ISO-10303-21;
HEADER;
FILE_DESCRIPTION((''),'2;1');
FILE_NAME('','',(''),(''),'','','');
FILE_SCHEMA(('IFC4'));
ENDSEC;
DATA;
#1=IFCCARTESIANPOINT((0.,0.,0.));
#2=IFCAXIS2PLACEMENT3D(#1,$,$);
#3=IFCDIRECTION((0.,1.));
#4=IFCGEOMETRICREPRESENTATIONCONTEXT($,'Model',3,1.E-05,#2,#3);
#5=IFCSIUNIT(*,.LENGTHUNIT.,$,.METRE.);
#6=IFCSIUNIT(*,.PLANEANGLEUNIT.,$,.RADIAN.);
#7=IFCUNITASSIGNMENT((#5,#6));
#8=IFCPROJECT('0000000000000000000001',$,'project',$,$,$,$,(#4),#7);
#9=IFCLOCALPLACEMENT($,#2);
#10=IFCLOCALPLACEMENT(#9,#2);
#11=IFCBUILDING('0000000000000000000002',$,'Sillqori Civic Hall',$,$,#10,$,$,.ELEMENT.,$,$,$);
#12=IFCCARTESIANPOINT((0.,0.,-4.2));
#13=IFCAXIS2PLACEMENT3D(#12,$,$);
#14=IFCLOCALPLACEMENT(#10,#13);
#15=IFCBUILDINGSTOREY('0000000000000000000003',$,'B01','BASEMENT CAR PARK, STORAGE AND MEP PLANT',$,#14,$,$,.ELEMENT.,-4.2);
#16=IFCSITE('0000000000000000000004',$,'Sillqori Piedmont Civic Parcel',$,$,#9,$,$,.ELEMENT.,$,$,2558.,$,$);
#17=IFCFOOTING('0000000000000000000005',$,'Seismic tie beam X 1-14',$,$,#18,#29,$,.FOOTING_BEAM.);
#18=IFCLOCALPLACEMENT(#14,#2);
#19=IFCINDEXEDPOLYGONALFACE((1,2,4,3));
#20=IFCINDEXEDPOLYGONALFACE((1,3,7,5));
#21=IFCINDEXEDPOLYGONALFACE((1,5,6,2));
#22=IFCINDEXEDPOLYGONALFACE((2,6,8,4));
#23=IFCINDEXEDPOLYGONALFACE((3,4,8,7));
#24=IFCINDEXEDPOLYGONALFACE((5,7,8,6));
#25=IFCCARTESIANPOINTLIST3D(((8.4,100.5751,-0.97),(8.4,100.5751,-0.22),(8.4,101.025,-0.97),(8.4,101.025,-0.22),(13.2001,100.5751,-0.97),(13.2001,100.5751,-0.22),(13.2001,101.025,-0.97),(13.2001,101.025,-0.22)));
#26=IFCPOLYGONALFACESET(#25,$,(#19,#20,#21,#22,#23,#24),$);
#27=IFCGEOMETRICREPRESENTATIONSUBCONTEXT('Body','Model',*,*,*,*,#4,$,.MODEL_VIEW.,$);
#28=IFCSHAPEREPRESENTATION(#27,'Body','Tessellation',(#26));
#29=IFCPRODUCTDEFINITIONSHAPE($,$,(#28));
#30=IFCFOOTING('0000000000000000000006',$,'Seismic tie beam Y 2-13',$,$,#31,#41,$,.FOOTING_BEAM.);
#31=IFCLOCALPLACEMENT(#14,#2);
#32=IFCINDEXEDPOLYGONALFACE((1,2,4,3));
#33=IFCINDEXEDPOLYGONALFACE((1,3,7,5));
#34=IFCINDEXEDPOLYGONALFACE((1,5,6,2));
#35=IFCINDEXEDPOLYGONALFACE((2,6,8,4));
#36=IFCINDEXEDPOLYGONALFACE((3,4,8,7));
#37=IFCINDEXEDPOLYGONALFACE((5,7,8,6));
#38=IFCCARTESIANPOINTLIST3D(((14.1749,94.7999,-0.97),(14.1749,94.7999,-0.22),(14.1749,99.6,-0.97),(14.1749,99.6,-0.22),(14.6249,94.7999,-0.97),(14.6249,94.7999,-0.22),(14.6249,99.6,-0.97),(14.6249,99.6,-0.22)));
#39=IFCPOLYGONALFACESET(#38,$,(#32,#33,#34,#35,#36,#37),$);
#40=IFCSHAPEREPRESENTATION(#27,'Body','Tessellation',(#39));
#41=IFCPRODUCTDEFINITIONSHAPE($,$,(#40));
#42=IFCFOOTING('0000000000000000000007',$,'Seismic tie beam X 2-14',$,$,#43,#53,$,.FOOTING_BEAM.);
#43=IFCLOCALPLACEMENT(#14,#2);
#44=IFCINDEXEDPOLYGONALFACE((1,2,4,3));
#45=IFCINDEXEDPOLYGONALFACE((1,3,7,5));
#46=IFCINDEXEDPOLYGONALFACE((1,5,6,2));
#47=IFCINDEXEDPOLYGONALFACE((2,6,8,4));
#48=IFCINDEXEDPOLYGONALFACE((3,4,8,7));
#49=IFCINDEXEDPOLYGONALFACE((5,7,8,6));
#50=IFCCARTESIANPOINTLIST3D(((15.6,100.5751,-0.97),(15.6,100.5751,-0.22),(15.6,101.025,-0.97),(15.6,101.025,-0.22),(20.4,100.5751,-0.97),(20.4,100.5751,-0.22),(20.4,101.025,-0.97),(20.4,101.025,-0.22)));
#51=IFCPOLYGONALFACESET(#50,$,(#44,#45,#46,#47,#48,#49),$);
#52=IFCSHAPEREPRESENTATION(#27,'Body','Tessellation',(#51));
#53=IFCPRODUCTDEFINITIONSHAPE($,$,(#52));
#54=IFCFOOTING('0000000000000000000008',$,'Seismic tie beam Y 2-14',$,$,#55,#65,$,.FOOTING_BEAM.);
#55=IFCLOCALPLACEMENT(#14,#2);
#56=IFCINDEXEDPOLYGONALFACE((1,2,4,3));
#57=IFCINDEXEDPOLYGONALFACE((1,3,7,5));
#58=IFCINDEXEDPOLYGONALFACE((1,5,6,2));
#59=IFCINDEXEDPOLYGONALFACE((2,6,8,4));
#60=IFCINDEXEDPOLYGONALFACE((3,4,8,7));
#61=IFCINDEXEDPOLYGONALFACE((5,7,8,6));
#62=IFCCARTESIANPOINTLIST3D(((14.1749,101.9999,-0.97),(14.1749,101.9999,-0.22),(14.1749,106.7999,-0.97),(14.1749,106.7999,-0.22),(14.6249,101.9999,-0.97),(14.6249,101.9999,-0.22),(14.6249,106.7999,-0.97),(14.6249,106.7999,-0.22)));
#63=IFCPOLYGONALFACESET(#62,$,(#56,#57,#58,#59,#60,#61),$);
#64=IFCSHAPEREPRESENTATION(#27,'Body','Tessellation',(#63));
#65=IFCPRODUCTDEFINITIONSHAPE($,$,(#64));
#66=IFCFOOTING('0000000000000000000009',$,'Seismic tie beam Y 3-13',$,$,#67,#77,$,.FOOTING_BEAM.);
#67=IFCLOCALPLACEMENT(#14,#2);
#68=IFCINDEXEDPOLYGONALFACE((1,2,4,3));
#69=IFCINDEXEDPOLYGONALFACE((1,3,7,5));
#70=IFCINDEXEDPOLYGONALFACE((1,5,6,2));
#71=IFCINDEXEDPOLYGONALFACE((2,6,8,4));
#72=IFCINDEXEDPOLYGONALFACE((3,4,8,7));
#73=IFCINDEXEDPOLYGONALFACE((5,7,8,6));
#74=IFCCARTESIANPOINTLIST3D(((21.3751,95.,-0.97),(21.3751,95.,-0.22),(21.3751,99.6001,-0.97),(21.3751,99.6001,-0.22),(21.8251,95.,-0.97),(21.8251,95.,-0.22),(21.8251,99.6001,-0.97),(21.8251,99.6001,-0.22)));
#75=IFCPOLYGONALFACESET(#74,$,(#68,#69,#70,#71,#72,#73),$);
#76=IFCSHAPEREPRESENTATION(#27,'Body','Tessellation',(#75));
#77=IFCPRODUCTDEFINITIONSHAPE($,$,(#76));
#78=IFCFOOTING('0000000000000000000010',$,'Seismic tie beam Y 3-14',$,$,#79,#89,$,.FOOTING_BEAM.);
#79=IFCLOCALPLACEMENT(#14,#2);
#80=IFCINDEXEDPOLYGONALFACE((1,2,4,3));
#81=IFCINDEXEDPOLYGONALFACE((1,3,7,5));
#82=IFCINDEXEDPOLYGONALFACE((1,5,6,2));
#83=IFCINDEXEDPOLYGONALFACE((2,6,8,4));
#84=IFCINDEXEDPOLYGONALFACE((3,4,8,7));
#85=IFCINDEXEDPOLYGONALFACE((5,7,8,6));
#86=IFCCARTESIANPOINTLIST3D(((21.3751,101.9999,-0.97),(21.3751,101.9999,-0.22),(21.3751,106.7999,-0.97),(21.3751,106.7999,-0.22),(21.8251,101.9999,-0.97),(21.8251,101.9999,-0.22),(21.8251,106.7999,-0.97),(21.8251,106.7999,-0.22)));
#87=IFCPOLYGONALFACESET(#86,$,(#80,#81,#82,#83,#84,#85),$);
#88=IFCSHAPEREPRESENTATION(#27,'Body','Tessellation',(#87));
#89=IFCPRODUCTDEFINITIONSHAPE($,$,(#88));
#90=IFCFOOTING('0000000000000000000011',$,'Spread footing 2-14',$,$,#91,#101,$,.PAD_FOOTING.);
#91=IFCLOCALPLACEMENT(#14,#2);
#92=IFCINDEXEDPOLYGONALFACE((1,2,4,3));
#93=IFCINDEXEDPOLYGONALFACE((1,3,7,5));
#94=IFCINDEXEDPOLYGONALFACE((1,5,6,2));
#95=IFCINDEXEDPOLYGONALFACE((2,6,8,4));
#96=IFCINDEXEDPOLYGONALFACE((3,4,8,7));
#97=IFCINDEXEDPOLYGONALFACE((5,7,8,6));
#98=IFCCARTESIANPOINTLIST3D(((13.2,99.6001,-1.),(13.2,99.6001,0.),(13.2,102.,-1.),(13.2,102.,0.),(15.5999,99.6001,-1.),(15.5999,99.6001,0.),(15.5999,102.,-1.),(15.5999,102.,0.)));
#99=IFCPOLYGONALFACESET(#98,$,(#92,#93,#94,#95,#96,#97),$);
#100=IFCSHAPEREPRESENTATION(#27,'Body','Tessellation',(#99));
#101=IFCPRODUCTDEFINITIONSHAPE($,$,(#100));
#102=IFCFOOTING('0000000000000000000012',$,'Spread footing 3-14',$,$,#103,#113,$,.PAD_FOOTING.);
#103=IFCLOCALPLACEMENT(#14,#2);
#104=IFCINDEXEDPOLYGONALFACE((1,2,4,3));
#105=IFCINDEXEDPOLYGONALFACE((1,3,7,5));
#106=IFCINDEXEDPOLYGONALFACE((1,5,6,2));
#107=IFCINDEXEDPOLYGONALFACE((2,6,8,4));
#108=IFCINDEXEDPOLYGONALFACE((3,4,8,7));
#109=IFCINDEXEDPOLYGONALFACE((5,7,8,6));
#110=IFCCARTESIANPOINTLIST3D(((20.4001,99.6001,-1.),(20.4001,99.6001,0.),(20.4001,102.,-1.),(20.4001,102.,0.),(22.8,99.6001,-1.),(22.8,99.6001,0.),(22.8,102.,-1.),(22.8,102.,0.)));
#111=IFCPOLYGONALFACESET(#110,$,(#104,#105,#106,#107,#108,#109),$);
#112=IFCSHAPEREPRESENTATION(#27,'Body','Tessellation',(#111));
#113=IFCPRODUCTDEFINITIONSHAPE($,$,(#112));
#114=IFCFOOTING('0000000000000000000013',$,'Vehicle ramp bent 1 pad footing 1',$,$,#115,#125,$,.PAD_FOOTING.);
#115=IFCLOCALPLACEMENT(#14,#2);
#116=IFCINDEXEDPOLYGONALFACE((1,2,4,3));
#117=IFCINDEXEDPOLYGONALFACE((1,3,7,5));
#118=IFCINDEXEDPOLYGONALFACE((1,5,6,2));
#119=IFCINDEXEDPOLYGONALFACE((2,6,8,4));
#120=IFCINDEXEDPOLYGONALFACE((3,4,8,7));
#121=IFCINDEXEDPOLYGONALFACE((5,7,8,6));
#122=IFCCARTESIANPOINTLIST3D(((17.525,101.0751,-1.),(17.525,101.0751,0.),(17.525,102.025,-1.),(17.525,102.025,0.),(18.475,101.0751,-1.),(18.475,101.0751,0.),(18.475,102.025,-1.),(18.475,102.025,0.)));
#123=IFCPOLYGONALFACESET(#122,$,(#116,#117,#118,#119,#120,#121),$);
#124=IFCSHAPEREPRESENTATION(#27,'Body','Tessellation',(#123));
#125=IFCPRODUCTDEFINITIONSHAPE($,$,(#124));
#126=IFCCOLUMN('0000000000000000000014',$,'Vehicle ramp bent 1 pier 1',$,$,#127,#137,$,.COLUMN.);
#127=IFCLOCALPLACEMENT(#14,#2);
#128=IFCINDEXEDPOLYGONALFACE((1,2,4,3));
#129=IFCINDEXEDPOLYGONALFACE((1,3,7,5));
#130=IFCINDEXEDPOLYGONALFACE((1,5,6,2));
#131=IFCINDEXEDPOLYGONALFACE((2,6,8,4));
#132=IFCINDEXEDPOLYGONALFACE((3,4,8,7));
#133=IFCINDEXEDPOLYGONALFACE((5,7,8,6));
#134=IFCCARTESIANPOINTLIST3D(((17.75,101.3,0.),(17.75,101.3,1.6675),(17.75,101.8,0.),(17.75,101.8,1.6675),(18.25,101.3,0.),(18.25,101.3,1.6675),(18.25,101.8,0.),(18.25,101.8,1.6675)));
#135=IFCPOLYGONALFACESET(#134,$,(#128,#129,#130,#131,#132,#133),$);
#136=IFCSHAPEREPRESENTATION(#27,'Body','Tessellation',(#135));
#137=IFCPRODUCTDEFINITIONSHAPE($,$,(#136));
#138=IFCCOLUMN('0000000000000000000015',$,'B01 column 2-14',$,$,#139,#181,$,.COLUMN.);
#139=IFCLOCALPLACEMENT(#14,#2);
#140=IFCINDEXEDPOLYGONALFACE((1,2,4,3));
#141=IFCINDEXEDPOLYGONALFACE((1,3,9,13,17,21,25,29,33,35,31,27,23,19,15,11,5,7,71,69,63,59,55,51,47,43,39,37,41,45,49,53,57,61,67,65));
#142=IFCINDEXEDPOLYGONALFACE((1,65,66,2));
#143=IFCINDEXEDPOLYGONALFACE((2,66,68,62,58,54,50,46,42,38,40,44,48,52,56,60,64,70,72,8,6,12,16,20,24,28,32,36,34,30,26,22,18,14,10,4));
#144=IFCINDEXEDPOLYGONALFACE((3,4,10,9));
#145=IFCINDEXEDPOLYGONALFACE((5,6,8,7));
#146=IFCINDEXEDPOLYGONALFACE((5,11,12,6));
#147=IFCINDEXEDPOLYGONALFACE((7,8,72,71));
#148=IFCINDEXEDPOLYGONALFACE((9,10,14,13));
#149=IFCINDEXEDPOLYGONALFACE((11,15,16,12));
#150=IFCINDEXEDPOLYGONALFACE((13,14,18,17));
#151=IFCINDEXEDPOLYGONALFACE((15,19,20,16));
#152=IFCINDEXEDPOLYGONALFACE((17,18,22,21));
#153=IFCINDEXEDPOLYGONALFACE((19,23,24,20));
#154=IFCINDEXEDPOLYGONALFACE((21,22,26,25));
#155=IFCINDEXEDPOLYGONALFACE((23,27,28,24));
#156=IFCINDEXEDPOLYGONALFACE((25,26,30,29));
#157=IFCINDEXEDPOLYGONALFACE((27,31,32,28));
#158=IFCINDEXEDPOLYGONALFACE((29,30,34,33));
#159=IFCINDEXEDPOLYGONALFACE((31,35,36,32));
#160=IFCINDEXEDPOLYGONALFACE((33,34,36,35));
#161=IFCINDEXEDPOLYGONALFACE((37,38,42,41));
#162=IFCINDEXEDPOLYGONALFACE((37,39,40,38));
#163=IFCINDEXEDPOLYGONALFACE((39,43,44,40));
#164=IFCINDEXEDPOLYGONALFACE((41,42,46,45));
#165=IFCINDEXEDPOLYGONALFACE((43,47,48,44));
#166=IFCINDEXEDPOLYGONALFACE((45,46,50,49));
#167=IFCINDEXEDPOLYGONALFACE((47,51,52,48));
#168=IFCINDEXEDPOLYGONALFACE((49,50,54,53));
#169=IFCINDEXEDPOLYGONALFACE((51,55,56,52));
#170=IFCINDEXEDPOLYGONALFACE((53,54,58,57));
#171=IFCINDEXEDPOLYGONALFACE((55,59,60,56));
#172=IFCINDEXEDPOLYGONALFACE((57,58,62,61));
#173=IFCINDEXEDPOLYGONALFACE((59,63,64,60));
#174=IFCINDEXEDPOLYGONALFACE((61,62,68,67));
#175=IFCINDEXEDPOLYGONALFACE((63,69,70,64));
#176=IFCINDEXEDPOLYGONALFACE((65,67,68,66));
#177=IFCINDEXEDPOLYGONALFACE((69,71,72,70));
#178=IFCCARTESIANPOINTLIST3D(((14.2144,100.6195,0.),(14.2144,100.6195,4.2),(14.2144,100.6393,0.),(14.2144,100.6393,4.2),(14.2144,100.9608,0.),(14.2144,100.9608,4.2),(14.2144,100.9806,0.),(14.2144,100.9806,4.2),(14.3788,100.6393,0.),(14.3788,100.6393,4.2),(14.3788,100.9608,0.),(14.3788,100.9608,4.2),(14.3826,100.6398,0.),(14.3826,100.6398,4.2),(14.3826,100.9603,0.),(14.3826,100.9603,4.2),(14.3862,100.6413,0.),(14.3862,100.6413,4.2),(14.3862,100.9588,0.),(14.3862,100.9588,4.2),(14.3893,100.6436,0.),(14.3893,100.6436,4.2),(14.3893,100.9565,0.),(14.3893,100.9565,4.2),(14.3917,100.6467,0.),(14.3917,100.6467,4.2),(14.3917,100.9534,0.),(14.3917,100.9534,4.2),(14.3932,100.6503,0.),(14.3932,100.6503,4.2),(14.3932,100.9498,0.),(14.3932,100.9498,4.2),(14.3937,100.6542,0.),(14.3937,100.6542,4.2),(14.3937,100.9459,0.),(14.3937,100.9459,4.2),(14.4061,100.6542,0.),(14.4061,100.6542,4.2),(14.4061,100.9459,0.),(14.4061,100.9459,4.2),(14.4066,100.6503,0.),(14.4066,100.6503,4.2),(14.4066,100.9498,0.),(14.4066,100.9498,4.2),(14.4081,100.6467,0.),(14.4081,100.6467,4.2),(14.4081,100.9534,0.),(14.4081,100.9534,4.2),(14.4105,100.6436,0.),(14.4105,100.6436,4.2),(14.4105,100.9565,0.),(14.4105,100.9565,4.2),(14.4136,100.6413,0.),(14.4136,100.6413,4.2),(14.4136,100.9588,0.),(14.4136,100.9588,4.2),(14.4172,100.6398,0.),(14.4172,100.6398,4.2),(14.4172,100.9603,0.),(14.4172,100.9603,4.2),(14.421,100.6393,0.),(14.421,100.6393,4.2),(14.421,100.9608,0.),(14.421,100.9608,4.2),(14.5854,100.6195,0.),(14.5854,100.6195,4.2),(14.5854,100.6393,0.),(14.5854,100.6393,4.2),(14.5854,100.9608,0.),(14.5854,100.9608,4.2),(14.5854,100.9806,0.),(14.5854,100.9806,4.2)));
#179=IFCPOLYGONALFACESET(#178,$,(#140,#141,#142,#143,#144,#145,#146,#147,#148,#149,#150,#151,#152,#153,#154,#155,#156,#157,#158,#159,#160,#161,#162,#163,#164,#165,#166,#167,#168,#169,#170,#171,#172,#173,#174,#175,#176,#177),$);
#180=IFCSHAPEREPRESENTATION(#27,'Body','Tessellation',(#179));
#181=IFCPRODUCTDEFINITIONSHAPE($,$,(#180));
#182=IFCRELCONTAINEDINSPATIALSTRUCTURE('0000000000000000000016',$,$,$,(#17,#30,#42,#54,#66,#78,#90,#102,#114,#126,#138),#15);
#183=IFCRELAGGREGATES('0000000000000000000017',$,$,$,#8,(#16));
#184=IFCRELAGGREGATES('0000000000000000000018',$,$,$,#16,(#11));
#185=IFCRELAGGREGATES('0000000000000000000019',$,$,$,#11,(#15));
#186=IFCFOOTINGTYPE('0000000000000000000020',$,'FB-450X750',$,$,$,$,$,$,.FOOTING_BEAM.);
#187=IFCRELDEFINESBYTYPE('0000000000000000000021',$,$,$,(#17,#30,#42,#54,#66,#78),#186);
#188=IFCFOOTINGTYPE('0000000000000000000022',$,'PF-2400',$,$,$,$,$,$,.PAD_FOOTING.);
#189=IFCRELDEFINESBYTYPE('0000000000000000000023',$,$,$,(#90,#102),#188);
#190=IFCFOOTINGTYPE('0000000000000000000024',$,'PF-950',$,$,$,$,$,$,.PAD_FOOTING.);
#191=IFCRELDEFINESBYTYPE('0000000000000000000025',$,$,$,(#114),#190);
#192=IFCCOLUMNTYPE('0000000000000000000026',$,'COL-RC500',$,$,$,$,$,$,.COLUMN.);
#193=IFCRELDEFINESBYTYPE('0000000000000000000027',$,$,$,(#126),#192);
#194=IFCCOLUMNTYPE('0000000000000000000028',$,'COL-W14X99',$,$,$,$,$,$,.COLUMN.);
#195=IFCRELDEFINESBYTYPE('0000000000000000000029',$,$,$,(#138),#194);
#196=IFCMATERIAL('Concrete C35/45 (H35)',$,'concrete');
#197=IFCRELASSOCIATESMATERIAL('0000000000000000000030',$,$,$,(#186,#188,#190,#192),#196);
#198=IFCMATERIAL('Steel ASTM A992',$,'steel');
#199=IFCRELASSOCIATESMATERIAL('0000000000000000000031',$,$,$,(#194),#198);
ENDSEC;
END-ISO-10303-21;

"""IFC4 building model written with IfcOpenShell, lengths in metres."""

from ifc_helpers import new_model, si_unit, direction, frame, origin, origin_2d, place, context, subcontext, project, spatial, rectangle, i_section, extrude, material, material_profile, profile_set, type_object, element, save


model = new_model("IFC4")

# Units and contexts
model_context = context("Model", 3, precision=1e-05, world=origin(), true_north=direction((0.0, 1.0)))
body_context = subcontext(model_context, "Body", "Model", "MODEL_VIEW")
ifc_project = project(units=[si_unit("LENGTHUNIT", "METRE"), si_unit("PLANEANGLEUNIT", "RADIAN")], contexts=[model_context])

# Site, building, storey
site_placement = place(None, origin())
site = spatial("IfcSite", under=ifc_project, at=site_placement, Name="Sillqori Piedmont Civic Parcel", CompositionType="ELEMENT", RefElevation=2558.0)
building_placement = place(site_placement, origin())
building = spatial("IfcBuilding", under=site, at=building_placement, Name="Sillqori Civic Hall", CompositionType="ELEMENT")
storey_placement = place(building_placement, frame((0.0, 0.0, -4.2)))
storey = spatial("IfcBuildingStorey", under=building, at=storey_placement, Name="B01", Description="BASEMENT CAR PARK, STORAGE AND MEP PLANT", CompositionType="ELEMENT", Elevation=-4.2)

# Footings
ifc_material_1 = material(Name="Concrete C35/45 (H35)", Category="concrete")
footing_type_1 = type_object("IfcFootingType", Name="FB-450X750", PredefinedType="FOOTING_BEAM", material=ifc_material_1)
footing_1_placement = place(storey_placement, frame((10.8, 100.8, -0.97), z_axis=(0.0, 0.0, 1.0), x_axis=(1.0, 0.0, 0.0)))
element("IfcFooting", 1, at=footing_1_placement, inside=storey, type_object=footing_type_1, Name="Seismic tie beam X 1-14", PredefinedType="FOOTING_BEAM", context=body_context, shape_type="SweptSolid", body=[
    extrude(rectangle(XDim=4.8, YDim=0.45, at=origin_2d()), origin(), (0.0, 0.0, 1.0), 0.75),
])
footing_2_placement = place(storey_placement, frame((14.3999, 97.2, -0.97), z_axis=(0.0, 0.0, 1.0), x_axis=(1.0, 0.0, 0.0)))
element("IfcFooting", 2, at=footing_2_placement, inside=storey, type_object=footing_type_1, Name="Seismic tie beam Y 2-13", PredefinedType="FOOTING_BEAM", context=body_context, shape_type="SweptSolid", body=[
    extrude(rectangle(XDim=0.45, YDim=4.8, at=origin_2d()), origin(), (0.0, 0.0, 1.0), 0.75),
])
footing_3_placement = place(storey_placement, frame((18.0, 100.8, -0.97), z_axis=(0.0, 0.0, 1.0), x_axis=(1.0, 0.0, 0.0)))
element("IfcFooting", 3, at=footing_3_placement, inside=storey, type_object=footing_type_1, Name="Seismic tie beam X 2-14", PredefinedType="FOOTING_BEAM", context=body_context, shape_type="SweptSolid", body=[
    extrude(rectangle(XDim=4.8, YDim=0.45, at=origin_2d()), origin(), (0.0, 0.0, 1.0), 0.75),
])
footing_4_placement = place(storey_placement, frame((14.3999, 104.3999, -0.97), z_axis=(0.0, 0.0, 1.0), x_axis=(1.0, 0.0, 0.0)))
element("IfcFooting", 4, at=footing_4_placement, inside=storey, type_object=footing_type_1, Name="Seismic tie beam Y 2-14", PredefinedType="FOOTING_BEAM", context=body_context, shape_type="SweptSolid", body=[
    extrude(rectangle(XDim=0.45, YDim=4.8, at=origin_2d()), origin(), (0.0, 0.0, 1.0), 0.75),
])
footing_5_placement = place(storey_placement, frame((21.6001, 97.3, -0.97), z_axis=(0.0, 0.0, 1.0), x_axis=(1.0, 0.0, 0.0)))
element("IfcFooting", 5, at=footing_5_placement, inside=storey, type_object=footing_type_1, Name="Seismic tie beam Y 3-13", PredefinedType="FOOTING_BEAM", context=body_context, shape_type="SweptSolid", body=[
    extrude(rectangle(XDim=0.45, YDim=4.6001, at=origin_2d()), origin(), (0.0, 0.0, 1.0), 0.75),
])
footing_6_placement = place(storey_placement, frame((21.6001, 104.3999, -0.97), z_axis=(0.0, 0.0, 1.0), x_axis=(1.0, 0.0, 0.0)))
element("IfcFooting", 6, at=footing_6_placement, inside=storey, type_object=footing_type_1, Name="Seismic tie beam Y 3-14", PredefinedType="FOOTING_BEAM", context=body_context, shape_type="SweptSolid", body=[
    extrude(rectangle(XDim=0.45, YDim=4.8, at=origin_2d()), origin(), (0.0, 0.0, 1.0), 0.75),
])
footing_type_2 = type_object("IfcFootingType", Name="PF-2400", PredefinedType="PAD_FOOTING", material=ifc_material_1)
for number, where, z_axis, x_axis, name in (
    (7, (14.3999, 100.8, -1.0), (0.0, 0.0, 1.0), (1.0, 0.0, 0.0), "Spread footing 2-14"),
    (8, (21.6001, 100.8, -1.0), (0.0, 0.0, 1.0), (1.0, 0.0, 0.0), "Spread footing 3-14"),
):
    element("IfcFooting", number, at=place(storey_placement, frame(where, z_axis=z_axis, x_axis=x_axis)), inside=storey, type_object=footing_type_2, Name=name, PredefinedType="PAD_FOOTING", context=body_context, shape_type="SweptSolid", body=[
        extrude(rectangle(XDim=2.3999, YDim=2.3999, at=origin_2d()), origin(), (0.0, 0.0, 1.0), 1.0),
    ])
footing_type_3 = type_object("IfcFootingType", Name="PF-950", PredefinedType="PAD_FOOTING", material=ifc_material_1)
footing_7_placement = place(storey_placement, frame((18.0, 101.55, -1.0), z_axis=(0.0, 0.0, 1.0), x_axis=(1.0, 0.0, 0.0)))
element("IfcFooting", 9, at=footing_7_placement, inside=storey, type_object=footing_type_3, Name="Vehicle ramp bent 1 pad footing 1", PredefinedType="PAD_FOOTING", context=body_context, shape_type="SweptSolid", body=[
    extrude(rectangle(XDim=0.95, YDim=0.95, at=origin_2d()), origin(), (0.0, 0.0, 1.0), 1.0),
])

# Columns
ifc_material_profile_1 = material_profile(ifc_material_1, rectangle(XDim=0.5, YDim=0.5, at=origin_2d()), Name="RC 500x500")
ifc_profile_set_1 = profile_set([ifc_material_profile_1], Name="Concrete C35/45 (H35)")
column_type_1 = type_object("IfcColumnType", Name="COL-RC500", PredefinedType="COLUMN", material=ifc_profile_set_1)
column_placement = place(storey_placement, frame((18.0, 101.55, 0.0), z_axis=(0.0, 0.0, 1.0), x_axis=(1.0, 0.0, 0.0)))
element("IfcColumn", 10, at=column_placement, inside=storey, type_object=column_type_1, Name="Vehicle ramp bent 1 pier 1", PredefinedType="COLUMN", context=body_context, shape_type="SweptSolid", body=[
    extrude(rectangle(XDim=0.5, YDim=0.5, at=origin_2d()), origin(), (0.0, 0.0, 1.0), 1.6675),
])
ifc_material_2 = material(Name="Steel ASTM A992", Category="steel")
ifc_material_profile_2 = material_profile(ifc_material_2, i_section(OverallWidth=0.3711, OverallDepth=0.3611, WebThickness=0.0125, FlangeThickness=0.0198, FilletRadius=0.0149, at=origin_2d()), Name="W14X99")
ifc_profile_set_2 = profile_set([ifc_material_profile_2], Name="Steel ASTM A992")
column_type_2 = type_object("IfcColumnType", Name="COL-W14X99", PredefinedType="COLUMN", material=ifc_profile_set_2)
for number, where, z_axis, x_axis, name in (
    (11, (14.3999, 100.8, 0.0), (0.0, 0.0, 1.0), (1.0, 0.0, 0.0), "B01 column 2-14"),
):
    element("IfcColumn", number, at=place(storey_placement, frame(where, z_axis=z_axis, x_axis=x_axis)), inside=storey, type_object=column_type_2, Name=name, PredefinedType="COLUMN", context=body_context, shape_type="SweptSolid", body=[
        extrude(i_section(OverallWidth=0.3711, OverallDepth=0.3611, WebThickness=0.0125, FlangeThickness=0.0198, FilletRadius=0.0149, at=origin_2d()), origin(), (0.0, 0.0, 1.0), 4.2),
    ])

save(model, "model.ifc")
